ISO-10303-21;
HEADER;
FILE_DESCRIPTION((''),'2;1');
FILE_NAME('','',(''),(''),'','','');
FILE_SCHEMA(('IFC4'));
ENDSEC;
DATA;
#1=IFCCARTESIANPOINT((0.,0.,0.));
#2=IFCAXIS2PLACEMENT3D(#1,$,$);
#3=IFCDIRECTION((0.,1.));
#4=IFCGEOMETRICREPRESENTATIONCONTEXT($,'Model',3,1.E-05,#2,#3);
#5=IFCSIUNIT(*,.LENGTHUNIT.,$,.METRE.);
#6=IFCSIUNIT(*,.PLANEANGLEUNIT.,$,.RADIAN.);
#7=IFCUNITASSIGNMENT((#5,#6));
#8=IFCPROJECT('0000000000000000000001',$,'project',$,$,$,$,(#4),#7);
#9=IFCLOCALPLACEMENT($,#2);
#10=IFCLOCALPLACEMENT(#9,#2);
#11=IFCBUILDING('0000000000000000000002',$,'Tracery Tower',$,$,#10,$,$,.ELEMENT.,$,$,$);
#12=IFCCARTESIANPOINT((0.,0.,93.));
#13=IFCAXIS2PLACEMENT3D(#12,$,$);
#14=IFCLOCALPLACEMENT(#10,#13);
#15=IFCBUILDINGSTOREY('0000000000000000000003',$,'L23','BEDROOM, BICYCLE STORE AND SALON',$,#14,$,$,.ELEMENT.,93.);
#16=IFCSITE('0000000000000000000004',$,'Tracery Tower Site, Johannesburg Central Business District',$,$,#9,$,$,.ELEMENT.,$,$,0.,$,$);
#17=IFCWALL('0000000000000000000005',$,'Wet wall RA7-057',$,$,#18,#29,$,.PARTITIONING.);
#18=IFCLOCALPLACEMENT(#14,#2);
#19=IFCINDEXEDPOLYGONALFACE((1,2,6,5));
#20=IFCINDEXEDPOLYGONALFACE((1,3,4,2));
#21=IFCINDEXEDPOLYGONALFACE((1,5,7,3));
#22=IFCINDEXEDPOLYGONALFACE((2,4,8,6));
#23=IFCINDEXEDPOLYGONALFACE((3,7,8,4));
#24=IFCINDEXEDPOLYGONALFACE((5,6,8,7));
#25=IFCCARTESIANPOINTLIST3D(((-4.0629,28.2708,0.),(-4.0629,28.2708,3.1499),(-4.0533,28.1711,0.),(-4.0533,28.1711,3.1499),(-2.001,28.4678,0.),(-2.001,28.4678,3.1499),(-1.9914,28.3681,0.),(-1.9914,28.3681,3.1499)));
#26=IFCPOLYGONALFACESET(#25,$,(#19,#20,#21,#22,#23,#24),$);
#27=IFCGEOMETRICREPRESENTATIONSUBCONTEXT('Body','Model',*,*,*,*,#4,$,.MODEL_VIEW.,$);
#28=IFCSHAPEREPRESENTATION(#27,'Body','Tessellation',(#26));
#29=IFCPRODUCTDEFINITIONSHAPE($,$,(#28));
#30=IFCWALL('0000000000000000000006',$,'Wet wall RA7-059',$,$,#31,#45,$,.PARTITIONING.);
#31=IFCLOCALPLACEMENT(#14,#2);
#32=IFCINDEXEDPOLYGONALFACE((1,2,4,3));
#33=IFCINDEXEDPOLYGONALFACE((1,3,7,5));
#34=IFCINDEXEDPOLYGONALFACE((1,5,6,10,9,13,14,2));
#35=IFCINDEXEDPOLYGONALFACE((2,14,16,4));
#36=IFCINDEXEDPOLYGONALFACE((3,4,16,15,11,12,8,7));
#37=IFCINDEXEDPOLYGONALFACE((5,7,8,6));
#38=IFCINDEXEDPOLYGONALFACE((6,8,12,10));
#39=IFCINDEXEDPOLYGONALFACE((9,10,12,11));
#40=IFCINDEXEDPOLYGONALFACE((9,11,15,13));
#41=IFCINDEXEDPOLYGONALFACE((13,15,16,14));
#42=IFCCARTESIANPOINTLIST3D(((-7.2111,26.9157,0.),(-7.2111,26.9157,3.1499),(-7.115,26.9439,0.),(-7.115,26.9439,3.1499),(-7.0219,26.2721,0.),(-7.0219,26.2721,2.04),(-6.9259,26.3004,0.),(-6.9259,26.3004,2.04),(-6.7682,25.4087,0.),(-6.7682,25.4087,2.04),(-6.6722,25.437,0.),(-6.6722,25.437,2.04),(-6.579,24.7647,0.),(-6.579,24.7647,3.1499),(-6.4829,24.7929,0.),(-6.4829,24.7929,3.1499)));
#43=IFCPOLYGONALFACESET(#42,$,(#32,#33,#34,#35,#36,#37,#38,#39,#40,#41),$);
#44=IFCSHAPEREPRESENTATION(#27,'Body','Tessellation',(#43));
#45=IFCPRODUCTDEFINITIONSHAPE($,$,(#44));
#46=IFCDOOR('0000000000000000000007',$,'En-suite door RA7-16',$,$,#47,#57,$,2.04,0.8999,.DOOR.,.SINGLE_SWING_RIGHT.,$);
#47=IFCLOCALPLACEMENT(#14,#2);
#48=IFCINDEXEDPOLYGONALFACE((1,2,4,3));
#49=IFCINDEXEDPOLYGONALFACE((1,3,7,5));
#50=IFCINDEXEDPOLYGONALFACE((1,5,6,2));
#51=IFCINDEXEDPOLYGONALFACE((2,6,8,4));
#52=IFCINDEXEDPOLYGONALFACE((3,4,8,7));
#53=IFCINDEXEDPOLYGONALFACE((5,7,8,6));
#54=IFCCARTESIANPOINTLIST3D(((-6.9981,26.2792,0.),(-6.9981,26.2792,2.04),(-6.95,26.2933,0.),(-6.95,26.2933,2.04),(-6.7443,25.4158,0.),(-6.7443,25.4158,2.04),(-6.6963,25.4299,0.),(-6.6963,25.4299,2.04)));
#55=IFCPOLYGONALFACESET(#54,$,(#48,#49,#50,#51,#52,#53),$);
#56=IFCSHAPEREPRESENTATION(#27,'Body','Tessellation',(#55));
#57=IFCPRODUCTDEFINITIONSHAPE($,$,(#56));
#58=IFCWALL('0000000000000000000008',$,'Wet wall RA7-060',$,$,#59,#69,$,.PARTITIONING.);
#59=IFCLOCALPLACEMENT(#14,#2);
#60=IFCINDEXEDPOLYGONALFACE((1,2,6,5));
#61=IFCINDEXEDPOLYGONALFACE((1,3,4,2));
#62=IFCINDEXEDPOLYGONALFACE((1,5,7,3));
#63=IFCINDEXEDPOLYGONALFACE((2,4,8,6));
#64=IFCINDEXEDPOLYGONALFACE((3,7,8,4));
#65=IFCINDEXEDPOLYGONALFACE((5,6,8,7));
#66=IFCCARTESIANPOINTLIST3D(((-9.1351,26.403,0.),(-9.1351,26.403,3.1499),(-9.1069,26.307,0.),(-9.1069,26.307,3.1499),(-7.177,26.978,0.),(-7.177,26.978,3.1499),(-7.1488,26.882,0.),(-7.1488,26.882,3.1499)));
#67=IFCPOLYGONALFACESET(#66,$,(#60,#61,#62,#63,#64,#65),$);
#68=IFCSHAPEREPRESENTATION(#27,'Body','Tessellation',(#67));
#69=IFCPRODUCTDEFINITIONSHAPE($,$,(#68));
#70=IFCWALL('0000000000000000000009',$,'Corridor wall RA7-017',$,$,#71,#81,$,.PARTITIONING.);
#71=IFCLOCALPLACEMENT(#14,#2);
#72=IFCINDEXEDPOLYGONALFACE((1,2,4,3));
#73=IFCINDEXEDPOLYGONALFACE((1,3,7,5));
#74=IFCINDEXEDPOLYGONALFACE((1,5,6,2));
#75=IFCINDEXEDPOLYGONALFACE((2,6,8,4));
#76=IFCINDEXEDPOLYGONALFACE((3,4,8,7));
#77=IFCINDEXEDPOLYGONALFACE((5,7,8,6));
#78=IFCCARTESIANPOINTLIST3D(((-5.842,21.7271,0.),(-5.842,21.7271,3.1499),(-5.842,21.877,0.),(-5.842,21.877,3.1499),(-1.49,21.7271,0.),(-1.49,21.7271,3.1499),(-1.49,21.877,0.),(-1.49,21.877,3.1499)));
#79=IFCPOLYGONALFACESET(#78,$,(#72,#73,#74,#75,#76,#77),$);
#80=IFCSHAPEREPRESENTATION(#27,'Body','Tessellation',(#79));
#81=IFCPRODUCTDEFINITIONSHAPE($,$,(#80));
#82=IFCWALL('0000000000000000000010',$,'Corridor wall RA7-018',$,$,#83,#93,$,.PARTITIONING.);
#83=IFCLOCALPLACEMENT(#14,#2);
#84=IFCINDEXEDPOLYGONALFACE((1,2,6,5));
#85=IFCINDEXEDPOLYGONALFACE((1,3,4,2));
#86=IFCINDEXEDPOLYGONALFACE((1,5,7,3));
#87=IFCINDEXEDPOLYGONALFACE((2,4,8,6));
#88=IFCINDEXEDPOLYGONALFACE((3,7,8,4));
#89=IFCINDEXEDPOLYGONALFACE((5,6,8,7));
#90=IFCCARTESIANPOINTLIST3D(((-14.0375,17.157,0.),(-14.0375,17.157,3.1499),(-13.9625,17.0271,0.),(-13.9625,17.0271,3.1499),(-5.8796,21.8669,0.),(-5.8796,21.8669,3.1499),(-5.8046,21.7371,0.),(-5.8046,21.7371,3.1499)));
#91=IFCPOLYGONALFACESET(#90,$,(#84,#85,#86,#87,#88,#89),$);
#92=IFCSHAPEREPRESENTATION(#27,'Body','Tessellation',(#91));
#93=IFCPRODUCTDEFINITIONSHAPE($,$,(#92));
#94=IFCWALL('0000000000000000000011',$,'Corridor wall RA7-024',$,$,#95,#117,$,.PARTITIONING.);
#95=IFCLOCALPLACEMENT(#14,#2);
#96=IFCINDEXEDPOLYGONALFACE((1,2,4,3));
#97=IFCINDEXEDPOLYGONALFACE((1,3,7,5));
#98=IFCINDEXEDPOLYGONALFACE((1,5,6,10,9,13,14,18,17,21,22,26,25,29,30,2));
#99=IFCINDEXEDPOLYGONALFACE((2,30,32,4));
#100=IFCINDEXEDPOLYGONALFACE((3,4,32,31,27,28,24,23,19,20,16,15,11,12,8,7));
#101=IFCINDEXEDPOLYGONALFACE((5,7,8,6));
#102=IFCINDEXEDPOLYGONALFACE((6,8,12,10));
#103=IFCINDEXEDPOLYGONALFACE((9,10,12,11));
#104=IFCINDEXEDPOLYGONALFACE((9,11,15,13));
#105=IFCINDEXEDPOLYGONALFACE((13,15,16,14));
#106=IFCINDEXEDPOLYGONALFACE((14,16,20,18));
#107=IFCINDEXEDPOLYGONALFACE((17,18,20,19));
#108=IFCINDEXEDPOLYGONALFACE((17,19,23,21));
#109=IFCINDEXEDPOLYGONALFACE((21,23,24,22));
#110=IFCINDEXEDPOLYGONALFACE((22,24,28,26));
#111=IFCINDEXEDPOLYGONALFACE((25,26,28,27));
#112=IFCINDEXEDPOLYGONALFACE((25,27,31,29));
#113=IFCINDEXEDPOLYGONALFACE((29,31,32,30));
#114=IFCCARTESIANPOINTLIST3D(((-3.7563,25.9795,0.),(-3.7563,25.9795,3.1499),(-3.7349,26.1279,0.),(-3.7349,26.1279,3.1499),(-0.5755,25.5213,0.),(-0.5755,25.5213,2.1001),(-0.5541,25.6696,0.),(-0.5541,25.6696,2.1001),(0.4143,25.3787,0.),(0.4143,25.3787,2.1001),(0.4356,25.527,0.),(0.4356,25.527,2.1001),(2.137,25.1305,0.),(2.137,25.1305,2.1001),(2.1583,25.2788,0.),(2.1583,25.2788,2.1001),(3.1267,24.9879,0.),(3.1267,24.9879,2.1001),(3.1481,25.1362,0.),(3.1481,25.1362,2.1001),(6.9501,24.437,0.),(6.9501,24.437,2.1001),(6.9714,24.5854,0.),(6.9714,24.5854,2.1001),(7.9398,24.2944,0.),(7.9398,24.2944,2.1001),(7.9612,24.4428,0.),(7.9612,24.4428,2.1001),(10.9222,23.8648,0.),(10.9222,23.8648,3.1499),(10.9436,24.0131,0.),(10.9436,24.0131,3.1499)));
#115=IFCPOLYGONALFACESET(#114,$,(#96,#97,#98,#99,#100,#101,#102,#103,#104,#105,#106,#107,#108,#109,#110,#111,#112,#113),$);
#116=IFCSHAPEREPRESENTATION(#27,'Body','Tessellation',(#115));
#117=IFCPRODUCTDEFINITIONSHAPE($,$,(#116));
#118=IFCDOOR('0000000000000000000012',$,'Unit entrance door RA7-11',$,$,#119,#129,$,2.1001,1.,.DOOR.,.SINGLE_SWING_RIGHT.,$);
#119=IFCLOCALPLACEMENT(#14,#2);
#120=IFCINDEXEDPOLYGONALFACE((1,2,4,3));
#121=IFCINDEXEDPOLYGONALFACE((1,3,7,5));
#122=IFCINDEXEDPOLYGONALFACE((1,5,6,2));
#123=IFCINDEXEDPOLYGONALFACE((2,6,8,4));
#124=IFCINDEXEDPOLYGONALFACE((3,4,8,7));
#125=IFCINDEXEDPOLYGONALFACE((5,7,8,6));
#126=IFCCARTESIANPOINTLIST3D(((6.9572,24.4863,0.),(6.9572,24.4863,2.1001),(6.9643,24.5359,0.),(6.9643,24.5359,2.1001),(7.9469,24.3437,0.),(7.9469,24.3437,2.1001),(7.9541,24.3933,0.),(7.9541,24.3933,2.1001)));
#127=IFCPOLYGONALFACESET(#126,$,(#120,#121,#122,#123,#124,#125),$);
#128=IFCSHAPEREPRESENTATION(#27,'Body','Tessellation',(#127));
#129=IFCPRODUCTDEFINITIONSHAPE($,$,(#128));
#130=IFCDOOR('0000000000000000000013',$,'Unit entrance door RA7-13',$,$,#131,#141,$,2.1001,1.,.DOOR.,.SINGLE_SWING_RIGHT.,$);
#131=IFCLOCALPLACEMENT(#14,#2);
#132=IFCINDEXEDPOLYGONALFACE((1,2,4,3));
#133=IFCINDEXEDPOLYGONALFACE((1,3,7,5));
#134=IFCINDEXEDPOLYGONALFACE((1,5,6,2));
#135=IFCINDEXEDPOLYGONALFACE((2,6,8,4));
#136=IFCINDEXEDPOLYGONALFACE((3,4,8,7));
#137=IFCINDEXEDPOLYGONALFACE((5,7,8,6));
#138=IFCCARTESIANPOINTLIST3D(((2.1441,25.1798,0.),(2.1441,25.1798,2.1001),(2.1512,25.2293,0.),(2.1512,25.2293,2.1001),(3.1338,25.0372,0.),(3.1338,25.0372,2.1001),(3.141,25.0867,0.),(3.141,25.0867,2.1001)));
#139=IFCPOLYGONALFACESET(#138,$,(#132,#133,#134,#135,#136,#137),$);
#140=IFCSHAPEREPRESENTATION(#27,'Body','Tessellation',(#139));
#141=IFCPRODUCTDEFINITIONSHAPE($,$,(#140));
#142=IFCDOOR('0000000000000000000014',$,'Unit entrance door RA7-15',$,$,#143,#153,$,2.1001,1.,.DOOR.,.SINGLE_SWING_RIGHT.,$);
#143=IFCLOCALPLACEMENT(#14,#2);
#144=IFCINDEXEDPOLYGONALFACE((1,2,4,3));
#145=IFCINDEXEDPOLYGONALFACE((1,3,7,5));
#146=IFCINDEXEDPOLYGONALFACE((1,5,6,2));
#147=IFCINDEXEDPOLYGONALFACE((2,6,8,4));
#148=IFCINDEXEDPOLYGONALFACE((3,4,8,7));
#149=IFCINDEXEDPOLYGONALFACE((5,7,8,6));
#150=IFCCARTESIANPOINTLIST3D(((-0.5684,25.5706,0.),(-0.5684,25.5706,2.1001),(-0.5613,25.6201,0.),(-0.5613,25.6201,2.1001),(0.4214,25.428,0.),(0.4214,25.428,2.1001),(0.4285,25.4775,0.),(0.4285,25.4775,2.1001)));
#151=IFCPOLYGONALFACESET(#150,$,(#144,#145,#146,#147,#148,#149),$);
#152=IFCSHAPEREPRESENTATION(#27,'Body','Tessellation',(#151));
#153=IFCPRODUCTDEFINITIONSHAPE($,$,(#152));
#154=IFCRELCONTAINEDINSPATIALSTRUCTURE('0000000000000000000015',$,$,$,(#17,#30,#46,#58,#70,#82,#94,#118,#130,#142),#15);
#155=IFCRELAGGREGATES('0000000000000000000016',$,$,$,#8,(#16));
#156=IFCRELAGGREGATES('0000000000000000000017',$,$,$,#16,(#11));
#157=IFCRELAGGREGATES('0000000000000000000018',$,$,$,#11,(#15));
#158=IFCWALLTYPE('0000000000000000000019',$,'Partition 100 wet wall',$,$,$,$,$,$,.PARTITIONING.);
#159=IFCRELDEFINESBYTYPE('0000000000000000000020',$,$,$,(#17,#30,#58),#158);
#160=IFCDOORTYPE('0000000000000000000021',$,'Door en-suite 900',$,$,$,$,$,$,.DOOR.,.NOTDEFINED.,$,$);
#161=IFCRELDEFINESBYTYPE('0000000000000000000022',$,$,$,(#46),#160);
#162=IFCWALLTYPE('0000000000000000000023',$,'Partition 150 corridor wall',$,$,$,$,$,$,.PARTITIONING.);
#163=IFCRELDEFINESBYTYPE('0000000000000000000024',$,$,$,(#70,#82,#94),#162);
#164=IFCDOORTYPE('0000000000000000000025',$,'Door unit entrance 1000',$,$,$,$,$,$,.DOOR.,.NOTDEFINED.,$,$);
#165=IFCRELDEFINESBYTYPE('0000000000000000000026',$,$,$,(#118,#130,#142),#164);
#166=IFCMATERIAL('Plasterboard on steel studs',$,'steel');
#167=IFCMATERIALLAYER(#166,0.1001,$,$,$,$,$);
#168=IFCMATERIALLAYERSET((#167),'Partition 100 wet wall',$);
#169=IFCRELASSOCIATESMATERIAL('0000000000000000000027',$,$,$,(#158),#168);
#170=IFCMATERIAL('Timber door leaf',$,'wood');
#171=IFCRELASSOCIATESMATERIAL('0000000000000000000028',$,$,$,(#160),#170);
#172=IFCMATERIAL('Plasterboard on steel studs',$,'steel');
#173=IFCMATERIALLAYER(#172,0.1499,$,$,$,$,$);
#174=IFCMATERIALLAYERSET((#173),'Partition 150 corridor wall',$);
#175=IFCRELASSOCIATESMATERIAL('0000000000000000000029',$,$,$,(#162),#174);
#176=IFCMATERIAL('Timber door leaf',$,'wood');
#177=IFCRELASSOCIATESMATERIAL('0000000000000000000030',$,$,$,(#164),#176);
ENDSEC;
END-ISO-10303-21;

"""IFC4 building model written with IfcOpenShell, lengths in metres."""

from ifc_helpers import new_model, si_unit, direction, frame, frame_2d, origin, place, context, subcontext, project, spatial, rectangle, extrude, material, layer, layer_set, type_object, element, fill, save


model = new_model("IFC4")

# Units and contexts
model_context = context("Model", 3, precision=1e-05, world=origin(), true_north=direction((0.0, 1.0)))
body_context = subcontext(model_context, "Body", "Model", "MODEL_VIEW")
ifc_project = project(units=[si_unit("LENGTHUNIT", "METRE"), si_unit("PLANEANGLEUNIT", "RADIAN")], contexts=[model_context])

# Site, building, storey
site_placement = place(None, origin())
site = spatial("IfcSite", under=ifc_project, at=site_placement, Name="Tracery Tower Site, Johannesburg Central Business District", CompositionType="ELEMENT", RefElevation=0.0)
building_placement = place(site_placement, origin())
building = spatial("IfcBuilding", under=site, at=building_placement, Name="Tracery Tower", CompositionType="ELEMENT")
storey_placement = place(building_placement, frame((0.0, 0.0, 93.0)))
storey = spatial("IfcBuildingStorey", under=building, at=storey_placement, Name="L23", Description="BEDROOM, BICYCLE STORE AND SALON", CompositionType="ELEMENT", Elevation=93.0)

# Shared definitions
ifc_material_1 = material(Name="Plasterboard on steel studs", Category="steel")
ifc_layer_1 = layer(ifc_material_1, 0.1001)
ifc_layer_set_1 = layer_set([ifc_layer_1], Name="Partition 100 wet wall")
wall_type_1 = type_object("IfcWallType", Name="Partition 100 wet wall", PredefinedType="PARTITIONING", material=ifc_layer_set_1)
ifc_material_2 = material(Name="Timber door leaf", Category="wood")
door_type_1 = type_object("IfcDoorType", Name="Door en-suite 900", OperationType="NOTDEFINED", PredefinedType="DOOR", material=ifc_material_2)

# Wall
wall_1_placement = place(storey_placement, frame((-4.0581, 28.2209, 0.0), z_axis=(0.0, 0.0, 1.0), x_axis=(0.995466, 0.095115, 0.0)))
element("IfcWall", 1, at=wall_1_placement, inside=storey, type_object=wall_type_1, Name="Wet wall RA7-057", PredefinedType="PARTITIONING", context=body_context, shape_type="SweptSolid", body=[
    extrude(rectangle(XDim=2.0713, YDim=0.1001, at=frame_2d((1.0356, 0.0))), origin(), (0.0, 0.0, 1.0), 3.1499),
])

# Wall, opening, door
wall_2_placement = place(storey_placement, frame((-7.1631, 26.9299, 0.0), z_axis=(0.0, 0.0, 1.0), x_axis=(0.281948, -0.95943, 0.0)))
wall_2 = element("IfcWall", 2, at=wall_2_placement, inside=storey, type_object=wall_type_1, Name="Wet wall RA7-059", PredefinedType="PARTITIONING", context=body_context, shape_type="SweptSolid", body=[
    extrude(rectangle(XDim=2.2419, YDim=0.1001, at=frame_2d((1.1211, 0.0))), origin(), (0.0, 0.0, 1.0), 3.1499),
])
opening_1_placement = place(wall_2_placement, frame((0.6709, 0.0, 0.0)))
opening_1 = element("IfcOpeningElement", 3, at=opening_1_placement, cuts=wall_2, PredefinedType="OPENING", context=body_context, shape_type="SweptSolid", body=[
    extrude(rectangle(XDim=0.8999, YDim=2.04, at=frame_2d((0.45, 1.02))), frame((0.0, 0.05, 0.0), z_axis=(0.0, -1.0, 0.0), x_axis=(1.0, 0.0, 0.0)), (0.0, 0.0, 1.0), 0.1001),
])
door_1_placement = place(opening_1_placement, origin())
door_1 = element("IfcDoor", 4, at=door_1_placement, inside=storey, type_object=door_type_1, Name="En-suite door RA7-16", OperationType="SINGLE_SWING_RIGHT", OverallHeight=2.04, OverallWidth=0.8999, PredefinedType="DOOR", context=body_context, shape_type="SweptSolid", body=[
    extrude(rectangle(XDim=0.8999, YDim=2.04, at=frame_2d((0.45, 1.02))), frame((0.0, 0.0249, 0.0), z_axis=(0.0, -1.0, 0.0), x_axis=(1.0, 0.0, 0.0)), (0.0, 0.0, 1.0), 0.05),
])
fill(opening_1, door_1)

# Walls
wall_3_placement = place(storey_placement, frame((-9.1211, 26.355, 0.0), z_axis=(0.0, 0.0, 1.0), x_axis=(0.959489, 0.281745, 0.0)))
element("IfcWall", 5, at=wall_3_placement, inside=storey, type_object=wall_type_1, Name="Wet wall RA7-060", PredefinedType="PARTITIONING", context=body_context, shape_type="SweptSolid", body=[
    extrude(rectangle(XDim=2.0408, YDim=0.1001, at=frame_2d((1.0205, 0.0))), origin(), (0.0, 0.0, 1.0), 3.1499),
])
ifc_material_3 = material(Name="Plasterboard on steel studs", Category="steel")
ifc_layer_2 = layer(ifc_material_3, 0.1499)
ifc_layer_set_2 = layer_set([ifc_layer_2], Name="Partition 150 corridor wall")
wall_type_2 = type_object("IfcWallType", Name="Partition 150 corridor wall", PredefinedType="PARTITIONING", material=ifc_layer_set_2)
wall_4_placement = place(storey_placement, frame((-5.842, 21.802, 0.0), z_axis=(0.0, 0.0, 1.0), x_axis=(1.0, 0.0, 0.0)))
element("IfcWall", 6, at=wall_4_placement, inside=storey, type_object=wall_type_2, Name="Corridor wall RA7-017", PredefinedType="PARTITIONING", context=body_context, shape_type="SweptSolid", body=[
    extrude(rectangle(XDim=4.3521, YDim=0.1499, at=frame_2d((2.176, 0.0))), origin(), (0.0, 0.0, 1.0), 3.1499),
])
wall_5_placement = place(storey_placement, frame((-14.0, 17.092, 0.0), z_axis=(0.0, 0.0, 1.0), x_axis=(0.866027, 0.499997, 0.0)))
element("IfcWall", 7, at=wall_5_placement, inside=storey, type_object=wall_type_2, Name="Corridor wall RA7-018", PredefinedType="PARTITIONING", context=body_context, shape_type="SweptSolid", body=[
    extrude(rectangle(XDim=9.4199, YDim=0.1499, at=frame_2d((4.71, 0.0))), origin(), (0.0, 0.0, 1.0), 3.1499),
])

# Wall, openings, doors
wall_6_placement = place(storey_placement, frame((-3.7456, 26.0537, 0.0), z_axis=(0.0, 0.0, 1.0), x_axis=(0.989781, -0.142599, 0.0)))
wall_6 = element("IfcWall", 8, at=wall_6_placement, inside=storey, type_object=wall_type_2, Name="Corridor wall RA7-024", PredefinedType="PARTITIONING", context=body_context, shape_type="SweptSolid", body=[
    extrude(rectangle(XDim=14.8301, YDim=0.1499, at=frame_2d((7.415, 0.0))), origin(), (0.0, 0.0, 1.0), 3.1499),
])
opening_2_placement = place(wall_6_placement, frame((10.8169, 0.0, 0.0)))
opening_2 = element("IfcOpeningElement", 9, at=opening_2_placement, cuts=wall_6, PredefinedType="OPENING", context=body_context, shape_type="SweptSolid", body=[
    extrude(rectangle(XDim=1.0, YDim=2.1001, at=frame_2d((0.5, 1.05))), frame((0.0, 0.075, 0.0), z_axis=(0.0, -1.0, 0.0), x_axis=(1.0, 0.0, 0.0)), (0.0, 0.0, 1.0), 0.1499),
])
opening_3_placement = place(wall_6_placement, frame((5.9541, 0.0, 0.0)))
opening_3 = element("IfcOpeningElement", 10, at=opening_3_placement, cuts=wall_6, PredefinedType="OPENING", context=body_context, shape_type="SweptSolid", body=[
    extrude(rectangle(XDim=1.0, YDim=2.1001, at=frame_2d((0.5, 1.05))), frame((0.0, 0.075, 0.0), z_axis=(0.0, -1.0, 0.0), x_axis=(1.0, 0.0, 0.0)), (0.0, 0.0, 1.0), 0.1499),
])
opening_4_placement = place(wall_6_placement, frame((3.2136, 0.0, 0.0)))
opening_4 = element("IfcOpeningElement", 11, at=opening_4_placement, cuts=wall_6, PredefinedType="OPENING", context=body_context, shape_type="SweptSolid", body=[
    extrude(rectangle(XDim=1.0, YDim=2.1001, at=frame_2d((0.5, 1.05))), frame((0.0, 0.075, 0.0), z_axis=(0.0, -1.0, 0.0), x_axis=(1.0, 0.0, 0.0)), (0.0, 0.0, 1.0), 0.1499),
])
ifc_material_4 = material(Name="Timber door leaf", Category="wood")
door_type_2 = type_object("IfcDoorType", Name="Door unit entrance 1000", OperationType="NOTDEFINED", PredefinedType="DOOR", material=ifc_material_4)
door_2_placement = place(opening_2_placement, origin())
door_2 = element("IfcDoor", 12, at=door_2_placement, inside=storey, type_object=door_type_2, Name="Unit entrance door RA7-11", OperationType="SINGLE_SWING_RIGHT", OverallHeight=2.1001, OverallWidth=1.0, PredefinedType="DOOR", context=body_context, shape_type="SweptSolid", body=[
    extrude(rectangle(XDim=1.0, YDim=2.1001, at=frame_2d((0.5, 1.05))), frame((0.0, 0.0249, 0.0), z_axis=(0.0, -1.0, 0.0), x_axis=(1.0, 0.0, 0.0)), (0.0, 0.0, 1.0), 0.05),
])
fill(opening_2, door_2)
door_3_placement = place(opening_3_placement, origin())
door_3 = element("IfcDoor", 13, at=door_3_placement, inside=storey, type_object=door_type_2, Name="Unit entrance door RA7-13", OperationType="SINGLE_SWING_RIGHT", OverallHeight=2.1001, OverallWidth=1.0, PredefinedType="DOOR", context=body_context, shape_type="SweptSolid", body=[
    extrude(rectangle(XDim=1.0, YDim=2.1001, at=frame_2d((0.5, 1.05))), frame((0.0, 0.0249, 0.0), z_axis=(0.0, -1.0, 0.0), x_axis=(1.0, 0.0, 0.0)), (0.0, 0.0, 1.0), 0.05),
])
fill(opening_3, door_3)
door_4_placement = place(opening_4_placement, origin())
door_4 = element("IfcDoor", 14, at=door_4_placement, inside=storey, type_object=door_type_2, Name="Unit entrance door RA7-15", OperationType="SINGLE_SWING_RIGHT", OverallHeight=2.1001, OverallWidth=1.0, PredefinedType="DOOR", context=body_context, shape_type="SweptSolid", body=[
    extrude(rectangle(XDim=1.0, YDim=2.1001, at=frame_2d((0.5, 1.05))), frame((0.0, 0.0249, 0.0), z_axis=(0.0, -1.0, 0.0), x_axis=(1.0, 0.0, 0.0)), (0.0, 0.0, 1.0), 0.05),
])
fill(opening_4, door_4)

save(model, "model.ifc")
